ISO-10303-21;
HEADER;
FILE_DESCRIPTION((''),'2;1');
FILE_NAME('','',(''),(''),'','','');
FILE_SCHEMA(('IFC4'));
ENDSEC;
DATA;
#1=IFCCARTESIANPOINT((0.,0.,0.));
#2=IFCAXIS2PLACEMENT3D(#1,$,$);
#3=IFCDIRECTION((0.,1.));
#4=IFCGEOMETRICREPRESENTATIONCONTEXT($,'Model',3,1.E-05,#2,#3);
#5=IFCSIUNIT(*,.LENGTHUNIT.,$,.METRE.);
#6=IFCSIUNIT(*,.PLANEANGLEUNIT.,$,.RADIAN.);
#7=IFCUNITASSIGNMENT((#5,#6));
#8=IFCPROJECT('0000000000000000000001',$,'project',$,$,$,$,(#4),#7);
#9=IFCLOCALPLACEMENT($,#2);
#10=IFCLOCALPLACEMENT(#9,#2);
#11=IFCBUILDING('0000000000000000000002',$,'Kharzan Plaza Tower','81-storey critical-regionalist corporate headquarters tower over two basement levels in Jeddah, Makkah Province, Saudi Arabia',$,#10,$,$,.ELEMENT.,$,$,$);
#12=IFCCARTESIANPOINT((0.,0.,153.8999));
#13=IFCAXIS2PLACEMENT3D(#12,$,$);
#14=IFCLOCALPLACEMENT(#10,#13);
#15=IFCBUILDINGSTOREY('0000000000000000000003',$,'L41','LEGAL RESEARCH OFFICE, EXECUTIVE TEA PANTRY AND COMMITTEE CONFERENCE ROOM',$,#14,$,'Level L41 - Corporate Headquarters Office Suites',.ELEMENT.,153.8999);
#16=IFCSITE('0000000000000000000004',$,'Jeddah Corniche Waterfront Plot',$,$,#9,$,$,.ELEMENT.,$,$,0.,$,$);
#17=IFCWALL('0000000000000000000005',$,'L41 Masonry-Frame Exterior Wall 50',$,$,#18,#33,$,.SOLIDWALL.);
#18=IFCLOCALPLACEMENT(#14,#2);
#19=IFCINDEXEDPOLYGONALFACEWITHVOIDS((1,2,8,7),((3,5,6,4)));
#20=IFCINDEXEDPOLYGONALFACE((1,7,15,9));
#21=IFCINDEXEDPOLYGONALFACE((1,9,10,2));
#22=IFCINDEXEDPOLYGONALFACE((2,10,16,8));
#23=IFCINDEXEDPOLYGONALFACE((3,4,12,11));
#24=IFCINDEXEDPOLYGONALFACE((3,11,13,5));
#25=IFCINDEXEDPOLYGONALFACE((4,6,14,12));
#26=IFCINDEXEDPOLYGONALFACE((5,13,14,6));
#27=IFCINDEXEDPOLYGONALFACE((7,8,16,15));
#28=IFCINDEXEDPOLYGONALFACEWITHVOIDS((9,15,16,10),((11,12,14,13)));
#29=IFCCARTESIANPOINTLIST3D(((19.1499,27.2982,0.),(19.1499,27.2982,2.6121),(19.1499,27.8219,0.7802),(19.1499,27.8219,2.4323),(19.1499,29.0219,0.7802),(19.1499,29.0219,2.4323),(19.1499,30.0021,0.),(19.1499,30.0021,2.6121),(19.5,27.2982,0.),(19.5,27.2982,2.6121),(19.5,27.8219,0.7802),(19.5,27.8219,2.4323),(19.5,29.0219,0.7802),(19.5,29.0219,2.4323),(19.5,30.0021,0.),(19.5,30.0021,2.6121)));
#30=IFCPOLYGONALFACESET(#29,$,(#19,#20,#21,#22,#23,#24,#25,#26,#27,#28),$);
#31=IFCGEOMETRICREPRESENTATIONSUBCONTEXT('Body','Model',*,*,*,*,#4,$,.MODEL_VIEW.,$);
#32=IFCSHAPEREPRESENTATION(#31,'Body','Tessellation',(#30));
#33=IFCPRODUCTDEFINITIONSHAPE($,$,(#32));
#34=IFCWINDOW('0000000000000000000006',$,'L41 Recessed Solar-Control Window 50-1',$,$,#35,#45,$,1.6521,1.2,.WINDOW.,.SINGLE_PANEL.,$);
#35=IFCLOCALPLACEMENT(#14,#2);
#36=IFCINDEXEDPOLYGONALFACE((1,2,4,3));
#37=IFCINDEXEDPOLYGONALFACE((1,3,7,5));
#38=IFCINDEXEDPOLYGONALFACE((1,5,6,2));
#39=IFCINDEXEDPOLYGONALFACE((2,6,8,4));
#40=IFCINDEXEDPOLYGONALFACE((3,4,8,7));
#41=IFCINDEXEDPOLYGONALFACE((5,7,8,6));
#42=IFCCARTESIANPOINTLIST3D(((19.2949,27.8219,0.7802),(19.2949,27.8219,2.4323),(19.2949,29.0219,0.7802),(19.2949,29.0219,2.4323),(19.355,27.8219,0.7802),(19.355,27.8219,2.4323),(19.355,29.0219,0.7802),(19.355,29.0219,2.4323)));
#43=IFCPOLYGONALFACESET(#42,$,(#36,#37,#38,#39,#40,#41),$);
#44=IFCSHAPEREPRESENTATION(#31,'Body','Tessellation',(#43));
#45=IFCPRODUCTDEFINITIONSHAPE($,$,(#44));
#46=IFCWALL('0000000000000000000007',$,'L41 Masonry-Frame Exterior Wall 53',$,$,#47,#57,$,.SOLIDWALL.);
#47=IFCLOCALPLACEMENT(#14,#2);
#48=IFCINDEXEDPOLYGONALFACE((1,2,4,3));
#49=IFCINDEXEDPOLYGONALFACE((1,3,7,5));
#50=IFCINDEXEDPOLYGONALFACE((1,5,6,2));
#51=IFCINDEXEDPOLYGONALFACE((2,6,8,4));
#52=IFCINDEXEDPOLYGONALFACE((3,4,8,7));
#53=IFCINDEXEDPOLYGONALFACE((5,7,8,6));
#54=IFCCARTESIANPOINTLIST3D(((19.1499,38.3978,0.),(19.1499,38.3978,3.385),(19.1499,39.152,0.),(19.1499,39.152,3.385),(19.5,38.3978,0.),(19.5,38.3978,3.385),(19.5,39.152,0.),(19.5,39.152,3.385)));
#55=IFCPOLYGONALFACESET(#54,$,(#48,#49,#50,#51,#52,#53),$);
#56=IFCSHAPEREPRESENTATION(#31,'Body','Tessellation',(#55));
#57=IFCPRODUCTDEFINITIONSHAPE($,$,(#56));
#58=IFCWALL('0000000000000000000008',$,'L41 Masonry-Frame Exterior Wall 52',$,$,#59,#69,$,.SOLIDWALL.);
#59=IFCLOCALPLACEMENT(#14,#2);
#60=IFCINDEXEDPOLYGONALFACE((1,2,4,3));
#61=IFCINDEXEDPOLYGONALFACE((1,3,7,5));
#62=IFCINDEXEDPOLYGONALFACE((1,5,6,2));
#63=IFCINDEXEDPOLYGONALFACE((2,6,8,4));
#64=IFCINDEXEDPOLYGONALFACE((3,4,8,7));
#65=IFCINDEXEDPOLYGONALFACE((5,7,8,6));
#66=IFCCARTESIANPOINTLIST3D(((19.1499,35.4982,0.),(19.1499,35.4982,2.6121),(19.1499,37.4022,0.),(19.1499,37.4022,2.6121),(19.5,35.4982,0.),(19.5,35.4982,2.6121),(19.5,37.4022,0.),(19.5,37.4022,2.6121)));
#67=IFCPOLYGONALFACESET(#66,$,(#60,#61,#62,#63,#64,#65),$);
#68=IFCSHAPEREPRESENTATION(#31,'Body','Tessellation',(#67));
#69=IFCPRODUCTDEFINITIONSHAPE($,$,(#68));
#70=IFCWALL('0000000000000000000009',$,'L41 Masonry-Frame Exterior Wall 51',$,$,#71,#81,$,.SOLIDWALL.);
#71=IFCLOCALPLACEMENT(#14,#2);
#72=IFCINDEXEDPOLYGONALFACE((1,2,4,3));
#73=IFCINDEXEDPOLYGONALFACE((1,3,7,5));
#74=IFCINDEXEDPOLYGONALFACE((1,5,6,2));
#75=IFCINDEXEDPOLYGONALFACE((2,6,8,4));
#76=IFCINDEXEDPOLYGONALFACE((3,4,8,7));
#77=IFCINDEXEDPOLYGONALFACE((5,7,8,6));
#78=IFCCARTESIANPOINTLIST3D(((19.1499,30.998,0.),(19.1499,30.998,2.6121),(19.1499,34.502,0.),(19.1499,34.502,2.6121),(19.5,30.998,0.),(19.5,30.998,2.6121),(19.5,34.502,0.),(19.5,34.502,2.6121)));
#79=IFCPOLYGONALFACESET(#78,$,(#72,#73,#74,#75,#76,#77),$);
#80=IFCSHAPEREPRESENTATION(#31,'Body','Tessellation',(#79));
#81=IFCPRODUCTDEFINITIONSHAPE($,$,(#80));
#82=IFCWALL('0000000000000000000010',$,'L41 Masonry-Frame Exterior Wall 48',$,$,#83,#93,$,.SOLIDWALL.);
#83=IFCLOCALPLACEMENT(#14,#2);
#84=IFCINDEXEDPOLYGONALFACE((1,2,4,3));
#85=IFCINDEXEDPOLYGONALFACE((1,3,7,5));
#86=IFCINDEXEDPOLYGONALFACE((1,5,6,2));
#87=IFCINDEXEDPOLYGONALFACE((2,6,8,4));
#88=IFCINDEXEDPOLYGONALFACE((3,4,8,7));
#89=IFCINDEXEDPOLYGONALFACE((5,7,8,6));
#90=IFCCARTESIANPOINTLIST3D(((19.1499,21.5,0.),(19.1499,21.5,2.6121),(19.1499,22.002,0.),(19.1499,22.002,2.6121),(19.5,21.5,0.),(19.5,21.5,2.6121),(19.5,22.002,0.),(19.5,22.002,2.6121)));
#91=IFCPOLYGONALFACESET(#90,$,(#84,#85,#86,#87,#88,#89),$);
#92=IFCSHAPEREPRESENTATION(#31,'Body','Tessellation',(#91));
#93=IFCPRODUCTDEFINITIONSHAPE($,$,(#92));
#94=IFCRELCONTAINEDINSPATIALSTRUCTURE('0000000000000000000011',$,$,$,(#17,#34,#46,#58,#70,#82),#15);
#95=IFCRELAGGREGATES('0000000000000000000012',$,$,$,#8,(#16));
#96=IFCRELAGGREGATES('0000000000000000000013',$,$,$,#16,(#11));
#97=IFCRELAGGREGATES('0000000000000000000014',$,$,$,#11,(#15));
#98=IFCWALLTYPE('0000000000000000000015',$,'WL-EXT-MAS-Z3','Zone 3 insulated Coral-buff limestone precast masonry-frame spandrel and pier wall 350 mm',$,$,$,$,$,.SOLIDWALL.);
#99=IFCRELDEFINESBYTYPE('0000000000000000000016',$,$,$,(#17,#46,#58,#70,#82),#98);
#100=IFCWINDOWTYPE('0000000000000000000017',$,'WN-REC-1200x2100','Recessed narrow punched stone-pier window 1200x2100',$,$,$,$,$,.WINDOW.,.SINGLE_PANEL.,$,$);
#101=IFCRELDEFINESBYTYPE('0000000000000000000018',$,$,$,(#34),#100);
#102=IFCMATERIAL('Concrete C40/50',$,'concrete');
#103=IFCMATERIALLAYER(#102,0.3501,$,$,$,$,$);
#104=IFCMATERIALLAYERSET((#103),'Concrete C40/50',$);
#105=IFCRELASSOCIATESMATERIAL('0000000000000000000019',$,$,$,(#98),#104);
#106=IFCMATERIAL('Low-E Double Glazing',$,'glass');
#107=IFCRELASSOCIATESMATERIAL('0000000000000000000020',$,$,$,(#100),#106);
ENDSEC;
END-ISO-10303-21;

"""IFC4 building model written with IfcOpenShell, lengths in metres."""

from ifc_helpers import new_model, si_unit, direction, frame, frame_2d, origin, place, context, subcontext, project, spatial, rectangle, extrude, source, transform, mapped, material, layer, layer_set, type_object, element, fill, save


model = new_model("IFC4")

# Units and contexts
model_context = context("Model", 3, precision=1e-05, world=origin(), true_north=direction((0.0, 1.0)))
body_context = subcontext(model_context, "Body", "Model", "MODEL_VIEW")
ifc_project = project(units=[si_unit("LENGTHUNIT", "METRE"), si_unit("PLANEANGLEUNIT", "RADIAN")], contexts=[model_context])

# Site, building, storey
site_placement = place(None, origin())
site = spatial("IfcSite", under=ifc_project, at=site_placement, Name="Jeddah Corniche Waterfront Plot", CompositionType="ELEMENT", RefElevation=0.0)
building_placement = place(site_placement, origin())
building = spatial("IfcBuilding", under=site, at=building_placement, Name="Kharzan Plaza Tower", Description="81-storey critical-regionalist corporate headquarters tower over two basement levels in Jeddah, Makkah Province, Saudi Arabia", CompositionType="ELEMENT")
storey_placement = place(building_placement, frame((0.0, 0.0, 153.8999)))
storey = spatial("IfcBuildingStorey", under=building, at=storey_placement, Name="L41", Description="LEGAL RESEARCH OFFICE, EXECUTIVE TEA PANTRY AND COMMITTEE CONFERENCE ROOM", LongName="Level L41 - Corporate Headquarters Office Suites", CompositionType="ELEMENT", Elevation=153.8999)

# Wall, opening, window
ifc_material_1 = material(Name="Concrete C40/50", Category="concrete")
ifc_layer_1 = layer(ifc_material_1, 0.3501)
ifc_layer_set_1 = layer_set([ifc_layer_1], Name="Concrete C40/50")
wall_type = type_object("IfcWallType", Name="WL-EXT-MAS-Z3", Description="Zone 3 insulated Coral-buff limestone precast masonry-frame spandrel and pier wall 350 mm", PredefinedType="SOLIDWALL", material=ifc_layer_set_1)
ifc_material_2 = material(Name="Low-E Double Glazing", Category="glass")
wall_1_placement = place(storey_placement, frame((19.325, 27.2981, 0.0), z_axis=(0.0, 0.0, 1.0), x_axis=(0.0, 1.0, 0.0)))
wall_1 = element("IfcWall", 1, at=wall_1_placement, inside=storey, type_object=wall_type, Name="L41 Masonry-Frame Exterior Wall 50", PredefinedType="SOLIDWALL", context=body_context, shape_type="SweptSolid", body=[
    extrude(rectangle(XDim=2.7039, YDim=0.3501, at=frame_2d((1.3521, 0.0))), origin(), (0.0, 0.0, 1.0), 2.6121),
])
opening_1_placement = place(wall_1_placement, frame((0.5237, 0.0, 0.78)))
opening_1 = element("IfcOpeningElement", 2, at=opening_1_placement, cuts=wall_1, PredefinedType="OPENING", context=body_context, shape_type="SweptSolid", body=[
    extrude(rectangle(XDim=1.2, YDim=1.6521, at=frame_2d((0.6001, 0.8262))), frame((0.0, 0.1851, 0.0), z_axis=(0.0, -1.0, 0.0), x_axis=(1.0, 0.0, 0.0)), (0.0, 0.0, 1.0), 0.3701),
])
window_type_1 = type_object("IfcWindowType", Name="WN-REC-1200x2100", Description="Recessed narrow punched stone-pier window 1200x2100", PartitioningType="SINGLE_PANEL", PredefinedType="WINDOW", material=ifc_material_2)
shared_shape_1 = source(origin(), body_context, "Body", "SweptSolid", [
    extrude(rectangle(XDim=1.2, YDim=1.6521, at=frame_2d((0.6001, 0.8262))), frame((0.0, 0.03, 0.0), z_axis=(0.0, -1.0, 0.0), x_axis=(1.0, 0.0, 0.0)), (0.0, 0.0, 1.0), 0.0601),
])
window_1_placement = place(opening_1_placement, origin())
window_1 = element("IfcWindow", 3, at=window_1_placement, inside=storey, type_object=window_type_1, Name="L41 Recessed Solar-Control Window 50-1", OverallHeight=1.6521, OverallWidth=1.2, PartitioningType="SINGLE_PANEL", PredefinedType="WINDOW", context=body_context, shape_type="MappedRepresentation", body=[
    mapped(shared_shape_1, transform((0.0, 0.0, 0.0), x_axis=(1.0, 0.0, 0.0), y_axis=(0.0, 1.0, 0.0), z_axis=(0.0, 0.0, 1.0))),
])
fill(opening_1, window_1)

# Walls
shared_shape_2 = source(origin(), body_context, "Body", "SweptSolid", [
    extrude(rectangle(XDim=0.7542, YDim=0.3501, at=frame_2d((0.377, 0.0))), origin(), (0.0, 0.0, 1.0), 3.385),
])
wall_2_placement = place(storey_placement, frame((19.325, 38.3979, 0.0), z_axis=(0.0, 0.0, 1.0), x_axis=(0.0, 1.0, 0.0)))
element("IfcWall", 4, at=wall_2_placement, inside=storey, type_object=wall_type, Name="L41 Masonry-Frame Exterior Wall 53", PredefinedType="SOLIDWALL", context=body_context, shape_type="MappedRepresentation", body=[
    mapped(shared_shape_2, transform((0.0, 0.0, 0.0), x_axis=(1.0, 0.0, 0.0), y_axis=(0.0, 1.0, 0.0), z_axis=(0.0, 0.0, 1.0))),
])
shared_shape_3 = source(origin(), body_context, "Body", "SweptSolid", [
    extrude(rectangle(XDim=1.9041, YDim=0.3501, at=frame_2d((0.9521, 0.0))), origin(), (0.0, 0.0, 1.0), 2.6121),
])
wall_3_placement = place(storey_placement, frame((19.325, 35.498, 0.0), z_axis=(0.0, 0.0, 1.0), x_axis=(0.0, 1.0, 0.0)))
element("IfcWall", 5, at=wall_3_placement, inside=storey, type_object=wall_type, Name="L41 Masonry-Frame Exterior Wall 52", PredefinedType="SOLIDWALL", context=body_context, shape_type="MappedRepresentation", body=[
    mapped(shared_shape_3, transform((0.0, 0.0, 0.0), x_axis=(1.0, 0.0, 0.0), y_axis=(0.0, 1.0, 0.0), z_axis=(0.0, 0.0, 1.0))),
])
shared_shape_4 = source(origin(), body_context, "Body", "SweptSolid", [
    extrude(rectangle(XDim=3.5039, YDim=0.3501, at=frame_2d((1.752, 0.0))), origin(), (0.0, 0.0, 1.0), 2.6121),
])
wall_4_placement = place(storey_placement, frame((19.325, 30.998, 0.0), z_axis=(0.0, 0.0, 1.0), x_axis=(0.0, 1.0, 0.0)))
element("IfcWall", 6, at=wall_4_placement, inside=storey, type_object=wall_type, Name="L41 Masonry-Frame Exterior Wall 51", PredefinedType="SOLIDWALL", context=body_context, shape_type="MappedRepresentation", body=[
    mapped(shared_shape_4, transform((0.0, 0.0, 0.0), x_axis=(1.0, 0.0, 0.0), y_axis=(0.0, 1.0, 0.0), z_axis=(0.0, 0.0, 1.0))),
])
shared_shape_5 = source(origin(), body_context, "Body", "SweptSolid", [
    extrude(rectangle(XDim=0.502, YDim=0.3501, at=frame_2d((0.251, 0.0))), origin(), (0.0, 0.0, 1.0), 2.6121),
])
wall_5_placement = place(storey_placement, frame((19.325, 21.5, 0.0), z_axis=(0.0, 0.0, 1.0), x_axis=(0.0, 1.0, 0.0)))
element("IfcWall", 7, at=wall_5_placement, inside=storey, type_object=wall_type, Name="L41 Masonry-Frame Exterior Wall 48", PredefinedType="SOLIDWALL", context=body_context, shape_type="MappedRepresentation", body=[
    mapped(shared_shape_5, transform((0.0, 0.0, 0.0), x_axis=(1.0, 0.0, 0.0), y_axis=(0.0, 1.0, 0.0), z_axis=(0.0, 0.0, 1.0))),
])

save(model, "model.ifc")
